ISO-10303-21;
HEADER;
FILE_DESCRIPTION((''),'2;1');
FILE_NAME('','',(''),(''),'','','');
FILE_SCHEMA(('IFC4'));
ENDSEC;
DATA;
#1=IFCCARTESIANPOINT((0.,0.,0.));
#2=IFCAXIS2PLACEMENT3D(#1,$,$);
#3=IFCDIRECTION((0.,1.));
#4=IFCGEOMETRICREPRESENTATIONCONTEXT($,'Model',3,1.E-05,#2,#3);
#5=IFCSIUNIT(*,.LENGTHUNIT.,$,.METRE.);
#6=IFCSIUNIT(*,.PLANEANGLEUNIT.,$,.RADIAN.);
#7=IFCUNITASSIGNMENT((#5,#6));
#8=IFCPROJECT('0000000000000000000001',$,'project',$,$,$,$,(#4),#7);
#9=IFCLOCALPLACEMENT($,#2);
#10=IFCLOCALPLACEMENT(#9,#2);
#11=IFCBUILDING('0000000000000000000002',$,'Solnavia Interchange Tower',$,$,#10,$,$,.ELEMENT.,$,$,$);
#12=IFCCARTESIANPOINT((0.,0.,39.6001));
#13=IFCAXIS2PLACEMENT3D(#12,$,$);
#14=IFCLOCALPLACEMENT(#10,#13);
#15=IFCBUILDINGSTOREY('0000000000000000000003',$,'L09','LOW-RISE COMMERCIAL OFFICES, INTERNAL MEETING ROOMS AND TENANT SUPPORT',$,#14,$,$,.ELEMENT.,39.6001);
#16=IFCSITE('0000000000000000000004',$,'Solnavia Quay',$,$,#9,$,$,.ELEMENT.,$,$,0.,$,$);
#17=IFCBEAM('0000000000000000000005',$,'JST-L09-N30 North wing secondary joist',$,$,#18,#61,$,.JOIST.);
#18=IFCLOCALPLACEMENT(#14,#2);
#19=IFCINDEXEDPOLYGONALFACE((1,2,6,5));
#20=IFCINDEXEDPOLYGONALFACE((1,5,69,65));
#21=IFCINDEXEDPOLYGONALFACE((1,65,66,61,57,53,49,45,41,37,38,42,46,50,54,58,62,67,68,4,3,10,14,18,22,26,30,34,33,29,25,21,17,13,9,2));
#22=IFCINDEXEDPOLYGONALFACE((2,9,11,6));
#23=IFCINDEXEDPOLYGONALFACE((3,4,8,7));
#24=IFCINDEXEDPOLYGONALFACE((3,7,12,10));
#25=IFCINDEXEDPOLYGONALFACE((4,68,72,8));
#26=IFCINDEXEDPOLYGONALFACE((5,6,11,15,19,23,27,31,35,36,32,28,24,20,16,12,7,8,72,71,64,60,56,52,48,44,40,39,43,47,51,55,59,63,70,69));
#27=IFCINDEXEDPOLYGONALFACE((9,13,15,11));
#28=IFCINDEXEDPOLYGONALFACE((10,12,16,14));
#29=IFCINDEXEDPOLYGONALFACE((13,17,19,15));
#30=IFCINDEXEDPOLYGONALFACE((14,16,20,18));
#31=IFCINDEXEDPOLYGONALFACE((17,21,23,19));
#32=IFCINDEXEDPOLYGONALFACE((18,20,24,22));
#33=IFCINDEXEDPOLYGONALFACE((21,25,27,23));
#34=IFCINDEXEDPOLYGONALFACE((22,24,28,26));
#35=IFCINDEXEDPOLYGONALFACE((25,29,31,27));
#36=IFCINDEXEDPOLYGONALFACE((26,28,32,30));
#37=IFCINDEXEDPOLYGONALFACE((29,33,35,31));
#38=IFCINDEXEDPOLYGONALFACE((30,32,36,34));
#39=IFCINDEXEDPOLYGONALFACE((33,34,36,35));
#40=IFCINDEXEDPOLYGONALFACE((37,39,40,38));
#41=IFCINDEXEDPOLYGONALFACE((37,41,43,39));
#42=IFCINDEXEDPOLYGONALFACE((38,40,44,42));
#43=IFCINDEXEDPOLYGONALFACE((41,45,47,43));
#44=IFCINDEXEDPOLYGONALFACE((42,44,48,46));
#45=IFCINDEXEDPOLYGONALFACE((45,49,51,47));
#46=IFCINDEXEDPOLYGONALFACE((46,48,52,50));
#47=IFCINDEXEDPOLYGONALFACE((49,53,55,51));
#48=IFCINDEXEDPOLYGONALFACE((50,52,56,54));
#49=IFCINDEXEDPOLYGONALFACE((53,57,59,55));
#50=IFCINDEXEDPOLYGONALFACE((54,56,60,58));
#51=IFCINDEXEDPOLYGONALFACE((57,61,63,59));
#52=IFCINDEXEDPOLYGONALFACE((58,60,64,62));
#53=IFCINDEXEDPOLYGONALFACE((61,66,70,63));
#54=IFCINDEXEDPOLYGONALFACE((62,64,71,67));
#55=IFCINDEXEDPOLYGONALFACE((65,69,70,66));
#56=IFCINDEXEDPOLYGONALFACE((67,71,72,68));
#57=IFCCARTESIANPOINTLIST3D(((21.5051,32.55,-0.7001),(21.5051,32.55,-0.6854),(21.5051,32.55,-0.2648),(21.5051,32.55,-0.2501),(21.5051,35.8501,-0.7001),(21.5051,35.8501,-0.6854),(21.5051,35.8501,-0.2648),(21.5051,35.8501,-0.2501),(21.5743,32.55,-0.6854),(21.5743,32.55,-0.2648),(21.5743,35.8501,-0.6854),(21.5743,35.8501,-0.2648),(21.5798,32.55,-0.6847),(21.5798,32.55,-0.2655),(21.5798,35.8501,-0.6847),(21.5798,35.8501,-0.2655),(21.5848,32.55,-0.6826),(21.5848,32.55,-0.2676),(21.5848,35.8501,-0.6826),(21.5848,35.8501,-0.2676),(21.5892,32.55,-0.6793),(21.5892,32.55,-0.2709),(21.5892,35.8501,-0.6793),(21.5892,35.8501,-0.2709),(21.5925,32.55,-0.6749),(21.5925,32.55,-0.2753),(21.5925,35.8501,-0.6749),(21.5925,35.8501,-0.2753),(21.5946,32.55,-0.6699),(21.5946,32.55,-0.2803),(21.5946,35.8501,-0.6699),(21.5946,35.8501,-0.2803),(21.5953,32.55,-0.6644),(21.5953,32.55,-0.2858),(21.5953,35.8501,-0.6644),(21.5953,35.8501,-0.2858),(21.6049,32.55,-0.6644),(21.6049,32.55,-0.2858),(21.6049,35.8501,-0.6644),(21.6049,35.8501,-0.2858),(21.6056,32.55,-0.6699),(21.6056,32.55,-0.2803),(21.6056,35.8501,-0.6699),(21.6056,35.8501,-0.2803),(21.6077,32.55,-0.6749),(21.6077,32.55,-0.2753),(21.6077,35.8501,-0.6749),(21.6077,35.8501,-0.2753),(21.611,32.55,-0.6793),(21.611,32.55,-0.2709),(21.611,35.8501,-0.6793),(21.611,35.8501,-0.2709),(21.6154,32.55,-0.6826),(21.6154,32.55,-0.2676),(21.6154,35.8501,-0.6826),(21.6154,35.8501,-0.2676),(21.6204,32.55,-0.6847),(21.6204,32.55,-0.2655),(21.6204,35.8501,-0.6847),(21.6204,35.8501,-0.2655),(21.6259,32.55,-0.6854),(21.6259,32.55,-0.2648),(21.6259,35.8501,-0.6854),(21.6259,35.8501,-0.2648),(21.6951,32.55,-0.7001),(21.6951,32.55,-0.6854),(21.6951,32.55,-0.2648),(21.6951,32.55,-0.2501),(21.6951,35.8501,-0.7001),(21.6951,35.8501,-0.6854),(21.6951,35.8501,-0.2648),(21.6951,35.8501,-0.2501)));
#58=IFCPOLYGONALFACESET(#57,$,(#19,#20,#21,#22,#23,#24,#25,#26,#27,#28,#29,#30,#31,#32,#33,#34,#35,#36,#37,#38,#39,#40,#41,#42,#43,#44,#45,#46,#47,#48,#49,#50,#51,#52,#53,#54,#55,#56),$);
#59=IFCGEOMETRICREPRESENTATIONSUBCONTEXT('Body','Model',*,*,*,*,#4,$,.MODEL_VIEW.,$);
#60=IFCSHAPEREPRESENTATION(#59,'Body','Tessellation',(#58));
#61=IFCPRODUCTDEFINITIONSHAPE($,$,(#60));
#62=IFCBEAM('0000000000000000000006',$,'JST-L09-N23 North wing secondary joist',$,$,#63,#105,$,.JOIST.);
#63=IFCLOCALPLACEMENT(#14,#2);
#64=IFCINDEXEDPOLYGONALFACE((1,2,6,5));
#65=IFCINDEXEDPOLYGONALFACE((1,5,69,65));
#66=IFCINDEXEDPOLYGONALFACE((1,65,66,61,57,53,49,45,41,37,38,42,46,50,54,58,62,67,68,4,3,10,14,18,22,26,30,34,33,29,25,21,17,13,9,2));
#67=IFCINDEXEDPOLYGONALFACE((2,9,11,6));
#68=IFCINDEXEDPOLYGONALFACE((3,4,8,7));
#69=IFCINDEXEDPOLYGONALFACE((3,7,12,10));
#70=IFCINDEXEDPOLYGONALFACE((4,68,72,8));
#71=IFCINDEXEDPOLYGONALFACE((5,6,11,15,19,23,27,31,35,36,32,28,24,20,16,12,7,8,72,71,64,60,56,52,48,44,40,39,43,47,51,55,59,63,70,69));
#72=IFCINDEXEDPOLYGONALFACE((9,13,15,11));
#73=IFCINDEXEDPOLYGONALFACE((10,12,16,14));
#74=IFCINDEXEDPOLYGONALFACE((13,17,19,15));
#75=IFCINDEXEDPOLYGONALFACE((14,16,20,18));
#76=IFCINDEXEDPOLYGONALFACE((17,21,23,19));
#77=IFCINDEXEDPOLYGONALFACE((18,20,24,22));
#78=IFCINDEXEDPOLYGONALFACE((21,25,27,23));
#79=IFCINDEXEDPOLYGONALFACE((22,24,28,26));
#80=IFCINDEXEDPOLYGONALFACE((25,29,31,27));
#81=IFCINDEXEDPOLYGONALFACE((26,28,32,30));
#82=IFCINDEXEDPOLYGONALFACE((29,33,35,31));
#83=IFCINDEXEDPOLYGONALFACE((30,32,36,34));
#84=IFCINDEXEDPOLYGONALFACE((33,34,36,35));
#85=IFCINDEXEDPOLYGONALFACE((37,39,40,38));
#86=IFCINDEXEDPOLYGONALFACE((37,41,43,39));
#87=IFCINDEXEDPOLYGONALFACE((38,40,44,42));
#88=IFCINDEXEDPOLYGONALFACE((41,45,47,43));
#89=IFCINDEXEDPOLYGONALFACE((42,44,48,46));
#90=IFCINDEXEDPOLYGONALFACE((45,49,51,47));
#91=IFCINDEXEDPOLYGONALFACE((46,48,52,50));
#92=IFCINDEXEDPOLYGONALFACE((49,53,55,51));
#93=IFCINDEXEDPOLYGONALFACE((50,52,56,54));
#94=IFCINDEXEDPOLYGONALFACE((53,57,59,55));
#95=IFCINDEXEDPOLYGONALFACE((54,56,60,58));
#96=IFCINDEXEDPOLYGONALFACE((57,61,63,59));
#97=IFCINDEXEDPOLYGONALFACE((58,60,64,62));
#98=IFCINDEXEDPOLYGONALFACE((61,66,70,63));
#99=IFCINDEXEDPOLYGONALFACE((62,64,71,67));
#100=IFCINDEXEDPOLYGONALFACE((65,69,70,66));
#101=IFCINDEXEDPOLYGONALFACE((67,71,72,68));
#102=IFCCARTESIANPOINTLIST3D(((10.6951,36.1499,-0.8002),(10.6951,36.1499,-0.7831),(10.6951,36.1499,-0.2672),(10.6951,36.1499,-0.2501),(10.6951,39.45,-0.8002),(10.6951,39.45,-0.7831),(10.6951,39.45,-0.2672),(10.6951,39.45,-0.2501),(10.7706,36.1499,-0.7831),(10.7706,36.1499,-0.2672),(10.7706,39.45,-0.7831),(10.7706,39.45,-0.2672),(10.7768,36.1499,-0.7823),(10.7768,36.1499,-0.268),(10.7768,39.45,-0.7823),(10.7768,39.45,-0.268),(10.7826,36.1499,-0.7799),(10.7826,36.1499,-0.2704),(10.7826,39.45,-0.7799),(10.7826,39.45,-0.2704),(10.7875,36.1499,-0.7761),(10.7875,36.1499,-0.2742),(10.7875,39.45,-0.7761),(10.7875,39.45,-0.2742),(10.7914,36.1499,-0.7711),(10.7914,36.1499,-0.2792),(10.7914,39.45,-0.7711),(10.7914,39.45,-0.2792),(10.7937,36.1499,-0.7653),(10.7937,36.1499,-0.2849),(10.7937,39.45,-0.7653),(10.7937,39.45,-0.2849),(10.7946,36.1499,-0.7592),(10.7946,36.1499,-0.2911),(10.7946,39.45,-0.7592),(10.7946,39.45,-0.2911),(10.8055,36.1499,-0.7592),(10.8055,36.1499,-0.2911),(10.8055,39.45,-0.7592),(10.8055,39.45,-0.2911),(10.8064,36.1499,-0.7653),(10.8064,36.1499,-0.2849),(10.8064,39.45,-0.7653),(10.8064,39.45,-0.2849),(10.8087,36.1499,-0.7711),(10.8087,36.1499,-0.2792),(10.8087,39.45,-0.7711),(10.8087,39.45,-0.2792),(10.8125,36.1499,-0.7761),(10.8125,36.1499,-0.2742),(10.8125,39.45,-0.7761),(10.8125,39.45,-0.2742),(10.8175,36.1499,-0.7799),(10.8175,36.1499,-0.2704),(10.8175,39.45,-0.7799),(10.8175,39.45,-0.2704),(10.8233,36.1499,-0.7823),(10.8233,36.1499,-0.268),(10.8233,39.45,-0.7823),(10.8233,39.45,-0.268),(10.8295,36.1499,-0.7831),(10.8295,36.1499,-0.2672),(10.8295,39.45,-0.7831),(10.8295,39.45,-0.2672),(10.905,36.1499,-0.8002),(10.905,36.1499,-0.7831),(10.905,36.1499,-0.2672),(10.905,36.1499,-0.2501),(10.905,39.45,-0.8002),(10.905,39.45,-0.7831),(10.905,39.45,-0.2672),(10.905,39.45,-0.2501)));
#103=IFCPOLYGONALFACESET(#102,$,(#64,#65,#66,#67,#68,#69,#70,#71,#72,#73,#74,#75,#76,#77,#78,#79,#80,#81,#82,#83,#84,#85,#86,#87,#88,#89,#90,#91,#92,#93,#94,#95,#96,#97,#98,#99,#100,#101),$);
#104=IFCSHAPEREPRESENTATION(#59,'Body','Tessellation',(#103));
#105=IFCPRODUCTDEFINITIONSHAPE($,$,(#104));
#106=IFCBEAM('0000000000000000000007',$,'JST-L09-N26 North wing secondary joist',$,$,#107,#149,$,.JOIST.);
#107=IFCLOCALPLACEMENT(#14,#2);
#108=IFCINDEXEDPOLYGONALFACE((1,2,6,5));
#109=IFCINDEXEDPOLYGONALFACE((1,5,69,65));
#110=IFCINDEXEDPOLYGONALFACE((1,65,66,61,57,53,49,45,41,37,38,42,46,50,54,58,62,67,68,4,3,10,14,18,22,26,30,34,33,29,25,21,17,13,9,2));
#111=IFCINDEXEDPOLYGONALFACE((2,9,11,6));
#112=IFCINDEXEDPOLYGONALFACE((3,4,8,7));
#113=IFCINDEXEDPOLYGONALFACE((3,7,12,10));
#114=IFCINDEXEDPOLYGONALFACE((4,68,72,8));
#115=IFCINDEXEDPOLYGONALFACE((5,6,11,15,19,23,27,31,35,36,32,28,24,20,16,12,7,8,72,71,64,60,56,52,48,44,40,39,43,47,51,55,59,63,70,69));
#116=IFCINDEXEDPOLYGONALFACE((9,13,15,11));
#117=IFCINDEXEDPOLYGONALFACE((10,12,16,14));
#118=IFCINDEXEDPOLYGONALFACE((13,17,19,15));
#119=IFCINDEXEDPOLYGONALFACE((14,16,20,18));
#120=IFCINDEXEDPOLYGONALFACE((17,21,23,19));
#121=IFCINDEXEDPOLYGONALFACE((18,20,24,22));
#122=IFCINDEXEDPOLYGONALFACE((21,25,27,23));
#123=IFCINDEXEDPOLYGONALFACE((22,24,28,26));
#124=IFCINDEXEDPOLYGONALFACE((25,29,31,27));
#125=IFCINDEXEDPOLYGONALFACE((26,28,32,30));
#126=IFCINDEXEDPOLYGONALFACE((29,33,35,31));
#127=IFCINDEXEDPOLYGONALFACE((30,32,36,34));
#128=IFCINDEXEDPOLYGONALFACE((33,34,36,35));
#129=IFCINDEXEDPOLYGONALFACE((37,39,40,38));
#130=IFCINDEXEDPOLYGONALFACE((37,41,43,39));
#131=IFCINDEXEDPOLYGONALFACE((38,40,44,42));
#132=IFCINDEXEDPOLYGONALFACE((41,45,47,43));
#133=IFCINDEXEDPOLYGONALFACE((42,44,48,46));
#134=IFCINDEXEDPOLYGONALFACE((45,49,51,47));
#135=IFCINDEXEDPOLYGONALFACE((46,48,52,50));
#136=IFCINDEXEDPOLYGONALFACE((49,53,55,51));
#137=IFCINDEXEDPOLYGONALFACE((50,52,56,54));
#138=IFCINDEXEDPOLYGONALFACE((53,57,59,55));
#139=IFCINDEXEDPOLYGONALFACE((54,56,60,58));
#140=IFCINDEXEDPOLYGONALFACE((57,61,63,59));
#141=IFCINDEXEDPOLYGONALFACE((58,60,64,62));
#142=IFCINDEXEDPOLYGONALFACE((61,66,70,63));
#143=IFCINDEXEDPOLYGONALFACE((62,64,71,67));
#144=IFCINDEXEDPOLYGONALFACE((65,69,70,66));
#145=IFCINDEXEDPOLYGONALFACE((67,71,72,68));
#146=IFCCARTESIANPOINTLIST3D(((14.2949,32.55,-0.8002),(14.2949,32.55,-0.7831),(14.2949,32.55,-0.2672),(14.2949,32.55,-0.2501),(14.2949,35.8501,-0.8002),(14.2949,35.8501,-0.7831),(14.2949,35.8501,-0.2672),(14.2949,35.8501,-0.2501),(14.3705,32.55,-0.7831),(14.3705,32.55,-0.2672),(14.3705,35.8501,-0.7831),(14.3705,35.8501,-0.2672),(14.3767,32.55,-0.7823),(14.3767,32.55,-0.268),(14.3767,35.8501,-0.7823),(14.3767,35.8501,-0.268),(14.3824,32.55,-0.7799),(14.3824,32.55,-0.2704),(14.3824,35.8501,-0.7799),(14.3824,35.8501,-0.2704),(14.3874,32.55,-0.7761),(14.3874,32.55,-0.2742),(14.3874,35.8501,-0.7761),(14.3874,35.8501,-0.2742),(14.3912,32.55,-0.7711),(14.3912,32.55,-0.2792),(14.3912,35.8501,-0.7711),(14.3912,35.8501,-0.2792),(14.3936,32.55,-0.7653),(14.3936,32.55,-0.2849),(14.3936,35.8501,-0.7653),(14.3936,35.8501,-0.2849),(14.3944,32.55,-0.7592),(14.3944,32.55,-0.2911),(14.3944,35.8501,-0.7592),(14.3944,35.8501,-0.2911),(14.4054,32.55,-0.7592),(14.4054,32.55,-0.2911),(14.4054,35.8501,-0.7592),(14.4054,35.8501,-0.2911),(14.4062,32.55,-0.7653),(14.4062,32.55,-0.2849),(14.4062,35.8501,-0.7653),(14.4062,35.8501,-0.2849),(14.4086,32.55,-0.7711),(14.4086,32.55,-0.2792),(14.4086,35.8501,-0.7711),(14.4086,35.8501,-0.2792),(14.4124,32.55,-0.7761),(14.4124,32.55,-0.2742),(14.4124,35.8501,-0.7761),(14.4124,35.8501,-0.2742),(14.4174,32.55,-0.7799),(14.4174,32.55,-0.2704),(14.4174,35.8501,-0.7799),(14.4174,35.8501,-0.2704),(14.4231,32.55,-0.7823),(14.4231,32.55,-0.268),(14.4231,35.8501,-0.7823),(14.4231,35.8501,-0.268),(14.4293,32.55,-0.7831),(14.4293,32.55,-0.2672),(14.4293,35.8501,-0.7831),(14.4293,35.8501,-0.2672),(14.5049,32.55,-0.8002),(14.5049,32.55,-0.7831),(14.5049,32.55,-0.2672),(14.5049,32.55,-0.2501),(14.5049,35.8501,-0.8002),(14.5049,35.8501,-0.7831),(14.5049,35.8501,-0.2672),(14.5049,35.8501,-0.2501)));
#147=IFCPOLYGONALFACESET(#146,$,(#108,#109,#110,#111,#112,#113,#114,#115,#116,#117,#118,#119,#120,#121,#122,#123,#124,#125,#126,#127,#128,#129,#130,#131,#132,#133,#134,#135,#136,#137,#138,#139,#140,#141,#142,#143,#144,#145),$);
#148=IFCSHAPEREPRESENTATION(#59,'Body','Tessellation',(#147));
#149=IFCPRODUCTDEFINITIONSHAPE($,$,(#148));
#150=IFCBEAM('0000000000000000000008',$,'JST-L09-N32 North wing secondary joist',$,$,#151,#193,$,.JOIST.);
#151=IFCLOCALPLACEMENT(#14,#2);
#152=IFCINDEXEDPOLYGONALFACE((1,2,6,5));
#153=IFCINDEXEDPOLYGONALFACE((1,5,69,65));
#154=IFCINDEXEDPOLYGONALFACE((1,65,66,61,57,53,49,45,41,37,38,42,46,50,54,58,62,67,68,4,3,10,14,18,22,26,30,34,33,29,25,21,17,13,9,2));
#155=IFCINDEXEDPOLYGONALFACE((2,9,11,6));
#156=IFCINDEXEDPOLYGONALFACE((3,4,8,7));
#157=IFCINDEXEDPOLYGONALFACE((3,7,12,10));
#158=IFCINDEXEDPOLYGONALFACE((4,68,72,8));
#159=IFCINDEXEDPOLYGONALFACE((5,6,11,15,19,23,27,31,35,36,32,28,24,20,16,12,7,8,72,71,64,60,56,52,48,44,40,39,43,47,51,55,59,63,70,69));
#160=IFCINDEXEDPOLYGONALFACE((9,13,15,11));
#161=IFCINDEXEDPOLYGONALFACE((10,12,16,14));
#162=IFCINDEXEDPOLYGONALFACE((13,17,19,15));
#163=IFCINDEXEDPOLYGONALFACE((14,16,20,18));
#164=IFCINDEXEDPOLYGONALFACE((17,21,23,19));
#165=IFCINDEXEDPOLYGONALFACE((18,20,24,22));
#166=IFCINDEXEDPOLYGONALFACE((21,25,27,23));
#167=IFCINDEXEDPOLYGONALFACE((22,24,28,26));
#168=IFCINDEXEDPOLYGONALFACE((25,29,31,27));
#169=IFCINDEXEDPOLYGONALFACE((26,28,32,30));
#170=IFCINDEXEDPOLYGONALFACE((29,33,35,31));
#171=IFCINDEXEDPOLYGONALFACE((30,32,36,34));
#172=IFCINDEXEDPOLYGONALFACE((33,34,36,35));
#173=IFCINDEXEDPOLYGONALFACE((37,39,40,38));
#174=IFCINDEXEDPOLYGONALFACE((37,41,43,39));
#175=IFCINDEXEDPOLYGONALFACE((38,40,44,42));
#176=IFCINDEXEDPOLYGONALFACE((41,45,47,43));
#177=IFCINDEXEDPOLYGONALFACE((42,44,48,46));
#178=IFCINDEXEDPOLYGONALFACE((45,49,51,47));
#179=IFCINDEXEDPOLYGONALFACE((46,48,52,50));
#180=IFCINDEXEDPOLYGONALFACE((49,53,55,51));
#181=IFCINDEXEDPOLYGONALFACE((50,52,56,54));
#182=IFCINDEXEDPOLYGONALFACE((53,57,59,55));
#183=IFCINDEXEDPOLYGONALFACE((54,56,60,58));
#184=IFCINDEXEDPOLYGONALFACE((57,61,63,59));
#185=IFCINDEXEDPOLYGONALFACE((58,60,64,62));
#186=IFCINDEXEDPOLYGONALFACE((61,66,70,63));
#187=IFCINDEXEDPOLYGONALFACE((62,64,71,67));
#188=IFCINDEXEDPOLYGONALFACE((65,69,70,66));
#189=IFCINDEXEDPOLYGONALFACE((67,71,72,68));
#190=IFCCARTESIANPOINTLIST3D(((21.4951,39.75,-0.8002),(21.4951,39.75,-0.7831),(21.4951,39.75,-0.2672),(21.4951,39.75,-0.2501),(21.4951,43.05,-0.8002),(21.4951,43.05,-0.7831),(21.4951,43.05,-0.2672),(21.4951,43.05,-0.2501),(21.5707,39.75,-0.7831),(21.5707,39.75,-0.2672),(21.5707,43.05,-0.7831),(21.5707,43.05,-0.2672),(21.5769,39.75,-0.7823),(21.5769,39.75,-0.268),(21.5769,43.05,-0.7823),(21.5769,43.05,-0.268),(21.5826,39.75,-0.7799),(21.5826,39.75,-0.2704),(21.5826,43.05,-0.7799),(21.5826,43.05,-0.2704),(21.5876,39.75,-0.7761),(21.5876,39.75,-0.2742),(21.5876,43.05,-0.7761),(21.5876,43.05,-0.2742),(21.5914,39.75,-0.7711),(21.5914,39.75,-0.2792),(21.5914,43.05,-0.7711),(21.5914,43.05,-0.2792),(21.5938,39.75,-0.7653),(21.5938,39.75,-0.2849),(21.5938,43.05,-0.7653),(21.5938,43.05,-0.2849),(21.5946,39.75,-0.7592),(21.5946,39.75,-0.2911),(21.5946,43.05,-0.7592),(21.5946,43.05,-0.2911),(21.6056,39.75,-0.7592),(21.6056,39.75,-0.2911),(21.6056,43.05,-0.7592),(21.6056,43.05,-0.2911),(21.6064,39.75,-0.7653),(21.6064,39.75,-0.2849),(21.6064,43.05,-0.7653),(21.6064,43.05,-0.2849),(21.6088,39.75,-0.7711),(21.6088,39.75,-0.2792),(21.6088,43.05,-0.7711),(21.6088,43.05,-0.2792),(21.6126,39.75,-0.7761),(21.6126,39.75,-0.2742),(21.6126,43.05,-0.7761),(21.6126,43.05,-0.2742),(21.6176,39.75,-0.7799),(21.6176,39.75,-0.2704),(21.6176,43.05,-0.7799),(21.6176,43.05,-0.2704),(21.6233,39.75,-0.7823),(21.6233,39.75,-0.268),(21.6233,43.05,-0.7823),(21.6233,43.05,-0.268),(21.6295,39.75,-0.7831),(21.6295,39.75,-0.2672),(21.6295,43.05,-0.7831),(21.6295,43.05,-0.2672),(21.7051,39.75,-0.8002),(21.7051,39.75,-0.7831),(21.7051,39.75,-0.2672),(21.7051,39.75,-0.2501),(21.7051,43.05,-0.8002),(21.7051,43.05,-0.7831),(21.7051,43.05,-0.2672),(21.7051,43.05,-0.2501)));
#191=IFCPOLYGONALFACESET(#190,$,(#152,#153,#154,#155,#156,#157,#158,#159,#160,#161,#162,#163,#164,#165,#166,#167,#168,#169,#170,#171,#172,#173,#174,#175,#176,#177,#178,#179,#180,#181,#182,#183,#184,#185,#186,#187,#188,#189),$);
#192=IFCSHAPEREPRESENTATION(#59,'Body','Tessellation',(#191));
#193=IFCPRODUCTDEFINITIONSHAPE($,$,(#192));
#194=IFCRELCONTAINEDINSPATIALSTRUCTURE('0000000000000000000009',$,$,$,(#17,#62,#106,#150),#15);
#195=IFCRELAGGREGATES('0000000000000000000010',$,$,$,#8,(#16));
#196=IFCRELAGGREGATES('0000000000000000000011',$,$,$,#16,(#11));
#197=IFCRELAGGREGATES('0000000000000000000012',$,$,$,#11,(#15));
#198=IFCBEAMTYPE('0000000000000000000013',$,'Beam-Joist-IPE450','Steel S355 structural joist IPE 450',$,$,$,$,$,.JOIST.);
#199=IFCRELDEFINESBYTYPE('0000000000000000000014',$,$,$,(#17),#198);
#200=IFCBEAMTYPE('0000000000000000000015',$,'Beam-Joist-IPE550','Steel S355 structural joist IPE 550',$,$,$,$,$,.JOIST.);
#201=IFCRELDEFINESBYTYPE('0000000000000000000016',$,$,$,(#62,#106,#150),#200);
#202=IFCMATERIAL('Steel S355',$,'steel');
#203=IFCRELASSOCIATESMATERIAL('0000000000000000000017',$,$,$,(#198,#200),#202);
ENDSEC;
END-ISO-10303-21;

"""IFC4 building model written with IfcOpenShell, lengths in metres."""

from ifc_helpers import new_model, si_unit, direction, frame, origin, origin_2d, place, context, subcontext, project, spatial, i_section, extrude, material, material_profile, profile_set, type_object, element, save


model = new_model("IFC4")

# Units and contexts
model_context = context("Model", 3, precision=1e-05, world=origin(), true_north=direction((0.0, 1.0)))
body_context = subcontext(model_context, "Body", "Model", "MODEL_VIEW")
ifc_project = project(units=[si_unit("LENGTHUNIT", "METRE"), si_unit("PLANEANGLEUNIT", "RADIAN")], contexts=[model_context])

# Site, building, storey
site_placement = place(None, origin())
site = spatial("IfcSite", under=ifc_project, at=site_placement, Name="Solnavia Quay", CompositionType="ELEMENT", RefElevation=0.0)
building_placement = place(site_placement, origin())
building = spatial("IfcBuilding", under=site, at=building_placement, Name="Solnavia Interchange Tower", CompositionType="ELEMENT")
storey_placement = place(building_placement, frame((0.0, 0.0, 39.6001)))
storey = spatial("IfcBuildingStorey", under=building, at=storey_placement, Name="L09", Description="LOW-RISE COMMERCIAL OFFICES, INTERNAL MEETING ROOMS AND TENANT SUPPORT", CompositionType="ELEMENT", Elevation=39.6001)

# Shared definitions
ifc_material_1 = material(Name="Steel S355", Category="steel")

# Beams
ifc_material_profile_1 = material_profile(ifc_material_1, i_section(OverallWidth=0.1899, OverallDepth=0.45, WebThickness=0.0095, FlangeThickness=0.0146, FilletRadius=0.021, at=origin_2d()), Name="IPE 450")
ifc_profile_set_1 = profile_set([ifc_material_profile_1], Name="Steel S355")
beam_type_1 = type_object("IfcBeamType", Name="Beam-Joist-IPE450", Description="Steel S355 structural joist IPE 450", PredefinedType="JOIST", material=ifc_profile_set_1)
for number, where, z_axis, x_axis, name in (
    (1, (21.6001, 32.55, -0.4751), (0.0, 1.0, 0.0), (-1.0, 0.0, 0.0), "JST-L09-N30 North wing secondary joist"),
):
    element("IfcBeam", number, at=place(storey_placement, frame(where, z_axis=z_axis, x_axis=x_axis)), inside=storey, type_object=beam_type_1, Name=name, PredefinedType="JOIST", context=body_context, shape_type="SweptSolid", body=[
        extrude(i_section(OverallWidth=0.1899, OverallDepth=0.45, WebThickness=0.0095, FlangeThickness=0.0146, FilletRadius=0.021, at=origin_2d()), origin(), (0.0, 0.0, 1.0), 3.3),
    ])
ifc_material_profile_2 = material_profile(ifc_material_1, i_section(OverallWidth=0.21, OverallDepth=0.55, WebThickness=0.011, FlangeThickness=0.0171, FilletRadius=0.0239, at=origin_2d()), Name="IPE 550")
ifc_profile_set_2 = profile_set([ifc_material_profile_2], Name="Steel S355")
beam_type_2 = type_object("IfcBeamType", Name="Beam-Joist-IPE550", Description="Steel S355 structural joist IPE 550", PredefinedType="JOIST", material=ifc_profile_set_2)
for number, where, z_axis, x_axis, name in (
    (2, (10.8, 36.1499, -0.5251), (0.0, 1.0, 0.0), (-1.0, 0.0, 0.0), "JST-L09-N23 North wing secondary joist"),
    (3, (14.3999, 32.55, -0.5251), (0.0, 1.0, 0.0), (-1.0, 0.0, 0.0), "JST-L09-N26 North wing secondary joist"),
    (4, (21.6001, 39.75, -0.5251), (0.0, 1.0, 0.0), (-1.0, 0.0, 0.0), "JST-L09-N32 North wing secondary joist"),
):
    element("IfcBeam", number, at=place(storey_placement, frame(where, z_axis=z_axis, x_axis=x_axis)), inside=storey, type_object=beam_type_2, Name=name, PredefinedType="JOIST", context=body_context, shape_type="SweptSolid", body=[
        extrude(i_section(OverallWidth=0.21, OverallDepth=0.55, WebThickness=0.011, FlangeThickness=0.0171, FilletRadius=0.0239, at=origin_2d()), origin(), (0.0, 0.0, 1.0), 3.3),
    ])

save(model, "model.ifc")
